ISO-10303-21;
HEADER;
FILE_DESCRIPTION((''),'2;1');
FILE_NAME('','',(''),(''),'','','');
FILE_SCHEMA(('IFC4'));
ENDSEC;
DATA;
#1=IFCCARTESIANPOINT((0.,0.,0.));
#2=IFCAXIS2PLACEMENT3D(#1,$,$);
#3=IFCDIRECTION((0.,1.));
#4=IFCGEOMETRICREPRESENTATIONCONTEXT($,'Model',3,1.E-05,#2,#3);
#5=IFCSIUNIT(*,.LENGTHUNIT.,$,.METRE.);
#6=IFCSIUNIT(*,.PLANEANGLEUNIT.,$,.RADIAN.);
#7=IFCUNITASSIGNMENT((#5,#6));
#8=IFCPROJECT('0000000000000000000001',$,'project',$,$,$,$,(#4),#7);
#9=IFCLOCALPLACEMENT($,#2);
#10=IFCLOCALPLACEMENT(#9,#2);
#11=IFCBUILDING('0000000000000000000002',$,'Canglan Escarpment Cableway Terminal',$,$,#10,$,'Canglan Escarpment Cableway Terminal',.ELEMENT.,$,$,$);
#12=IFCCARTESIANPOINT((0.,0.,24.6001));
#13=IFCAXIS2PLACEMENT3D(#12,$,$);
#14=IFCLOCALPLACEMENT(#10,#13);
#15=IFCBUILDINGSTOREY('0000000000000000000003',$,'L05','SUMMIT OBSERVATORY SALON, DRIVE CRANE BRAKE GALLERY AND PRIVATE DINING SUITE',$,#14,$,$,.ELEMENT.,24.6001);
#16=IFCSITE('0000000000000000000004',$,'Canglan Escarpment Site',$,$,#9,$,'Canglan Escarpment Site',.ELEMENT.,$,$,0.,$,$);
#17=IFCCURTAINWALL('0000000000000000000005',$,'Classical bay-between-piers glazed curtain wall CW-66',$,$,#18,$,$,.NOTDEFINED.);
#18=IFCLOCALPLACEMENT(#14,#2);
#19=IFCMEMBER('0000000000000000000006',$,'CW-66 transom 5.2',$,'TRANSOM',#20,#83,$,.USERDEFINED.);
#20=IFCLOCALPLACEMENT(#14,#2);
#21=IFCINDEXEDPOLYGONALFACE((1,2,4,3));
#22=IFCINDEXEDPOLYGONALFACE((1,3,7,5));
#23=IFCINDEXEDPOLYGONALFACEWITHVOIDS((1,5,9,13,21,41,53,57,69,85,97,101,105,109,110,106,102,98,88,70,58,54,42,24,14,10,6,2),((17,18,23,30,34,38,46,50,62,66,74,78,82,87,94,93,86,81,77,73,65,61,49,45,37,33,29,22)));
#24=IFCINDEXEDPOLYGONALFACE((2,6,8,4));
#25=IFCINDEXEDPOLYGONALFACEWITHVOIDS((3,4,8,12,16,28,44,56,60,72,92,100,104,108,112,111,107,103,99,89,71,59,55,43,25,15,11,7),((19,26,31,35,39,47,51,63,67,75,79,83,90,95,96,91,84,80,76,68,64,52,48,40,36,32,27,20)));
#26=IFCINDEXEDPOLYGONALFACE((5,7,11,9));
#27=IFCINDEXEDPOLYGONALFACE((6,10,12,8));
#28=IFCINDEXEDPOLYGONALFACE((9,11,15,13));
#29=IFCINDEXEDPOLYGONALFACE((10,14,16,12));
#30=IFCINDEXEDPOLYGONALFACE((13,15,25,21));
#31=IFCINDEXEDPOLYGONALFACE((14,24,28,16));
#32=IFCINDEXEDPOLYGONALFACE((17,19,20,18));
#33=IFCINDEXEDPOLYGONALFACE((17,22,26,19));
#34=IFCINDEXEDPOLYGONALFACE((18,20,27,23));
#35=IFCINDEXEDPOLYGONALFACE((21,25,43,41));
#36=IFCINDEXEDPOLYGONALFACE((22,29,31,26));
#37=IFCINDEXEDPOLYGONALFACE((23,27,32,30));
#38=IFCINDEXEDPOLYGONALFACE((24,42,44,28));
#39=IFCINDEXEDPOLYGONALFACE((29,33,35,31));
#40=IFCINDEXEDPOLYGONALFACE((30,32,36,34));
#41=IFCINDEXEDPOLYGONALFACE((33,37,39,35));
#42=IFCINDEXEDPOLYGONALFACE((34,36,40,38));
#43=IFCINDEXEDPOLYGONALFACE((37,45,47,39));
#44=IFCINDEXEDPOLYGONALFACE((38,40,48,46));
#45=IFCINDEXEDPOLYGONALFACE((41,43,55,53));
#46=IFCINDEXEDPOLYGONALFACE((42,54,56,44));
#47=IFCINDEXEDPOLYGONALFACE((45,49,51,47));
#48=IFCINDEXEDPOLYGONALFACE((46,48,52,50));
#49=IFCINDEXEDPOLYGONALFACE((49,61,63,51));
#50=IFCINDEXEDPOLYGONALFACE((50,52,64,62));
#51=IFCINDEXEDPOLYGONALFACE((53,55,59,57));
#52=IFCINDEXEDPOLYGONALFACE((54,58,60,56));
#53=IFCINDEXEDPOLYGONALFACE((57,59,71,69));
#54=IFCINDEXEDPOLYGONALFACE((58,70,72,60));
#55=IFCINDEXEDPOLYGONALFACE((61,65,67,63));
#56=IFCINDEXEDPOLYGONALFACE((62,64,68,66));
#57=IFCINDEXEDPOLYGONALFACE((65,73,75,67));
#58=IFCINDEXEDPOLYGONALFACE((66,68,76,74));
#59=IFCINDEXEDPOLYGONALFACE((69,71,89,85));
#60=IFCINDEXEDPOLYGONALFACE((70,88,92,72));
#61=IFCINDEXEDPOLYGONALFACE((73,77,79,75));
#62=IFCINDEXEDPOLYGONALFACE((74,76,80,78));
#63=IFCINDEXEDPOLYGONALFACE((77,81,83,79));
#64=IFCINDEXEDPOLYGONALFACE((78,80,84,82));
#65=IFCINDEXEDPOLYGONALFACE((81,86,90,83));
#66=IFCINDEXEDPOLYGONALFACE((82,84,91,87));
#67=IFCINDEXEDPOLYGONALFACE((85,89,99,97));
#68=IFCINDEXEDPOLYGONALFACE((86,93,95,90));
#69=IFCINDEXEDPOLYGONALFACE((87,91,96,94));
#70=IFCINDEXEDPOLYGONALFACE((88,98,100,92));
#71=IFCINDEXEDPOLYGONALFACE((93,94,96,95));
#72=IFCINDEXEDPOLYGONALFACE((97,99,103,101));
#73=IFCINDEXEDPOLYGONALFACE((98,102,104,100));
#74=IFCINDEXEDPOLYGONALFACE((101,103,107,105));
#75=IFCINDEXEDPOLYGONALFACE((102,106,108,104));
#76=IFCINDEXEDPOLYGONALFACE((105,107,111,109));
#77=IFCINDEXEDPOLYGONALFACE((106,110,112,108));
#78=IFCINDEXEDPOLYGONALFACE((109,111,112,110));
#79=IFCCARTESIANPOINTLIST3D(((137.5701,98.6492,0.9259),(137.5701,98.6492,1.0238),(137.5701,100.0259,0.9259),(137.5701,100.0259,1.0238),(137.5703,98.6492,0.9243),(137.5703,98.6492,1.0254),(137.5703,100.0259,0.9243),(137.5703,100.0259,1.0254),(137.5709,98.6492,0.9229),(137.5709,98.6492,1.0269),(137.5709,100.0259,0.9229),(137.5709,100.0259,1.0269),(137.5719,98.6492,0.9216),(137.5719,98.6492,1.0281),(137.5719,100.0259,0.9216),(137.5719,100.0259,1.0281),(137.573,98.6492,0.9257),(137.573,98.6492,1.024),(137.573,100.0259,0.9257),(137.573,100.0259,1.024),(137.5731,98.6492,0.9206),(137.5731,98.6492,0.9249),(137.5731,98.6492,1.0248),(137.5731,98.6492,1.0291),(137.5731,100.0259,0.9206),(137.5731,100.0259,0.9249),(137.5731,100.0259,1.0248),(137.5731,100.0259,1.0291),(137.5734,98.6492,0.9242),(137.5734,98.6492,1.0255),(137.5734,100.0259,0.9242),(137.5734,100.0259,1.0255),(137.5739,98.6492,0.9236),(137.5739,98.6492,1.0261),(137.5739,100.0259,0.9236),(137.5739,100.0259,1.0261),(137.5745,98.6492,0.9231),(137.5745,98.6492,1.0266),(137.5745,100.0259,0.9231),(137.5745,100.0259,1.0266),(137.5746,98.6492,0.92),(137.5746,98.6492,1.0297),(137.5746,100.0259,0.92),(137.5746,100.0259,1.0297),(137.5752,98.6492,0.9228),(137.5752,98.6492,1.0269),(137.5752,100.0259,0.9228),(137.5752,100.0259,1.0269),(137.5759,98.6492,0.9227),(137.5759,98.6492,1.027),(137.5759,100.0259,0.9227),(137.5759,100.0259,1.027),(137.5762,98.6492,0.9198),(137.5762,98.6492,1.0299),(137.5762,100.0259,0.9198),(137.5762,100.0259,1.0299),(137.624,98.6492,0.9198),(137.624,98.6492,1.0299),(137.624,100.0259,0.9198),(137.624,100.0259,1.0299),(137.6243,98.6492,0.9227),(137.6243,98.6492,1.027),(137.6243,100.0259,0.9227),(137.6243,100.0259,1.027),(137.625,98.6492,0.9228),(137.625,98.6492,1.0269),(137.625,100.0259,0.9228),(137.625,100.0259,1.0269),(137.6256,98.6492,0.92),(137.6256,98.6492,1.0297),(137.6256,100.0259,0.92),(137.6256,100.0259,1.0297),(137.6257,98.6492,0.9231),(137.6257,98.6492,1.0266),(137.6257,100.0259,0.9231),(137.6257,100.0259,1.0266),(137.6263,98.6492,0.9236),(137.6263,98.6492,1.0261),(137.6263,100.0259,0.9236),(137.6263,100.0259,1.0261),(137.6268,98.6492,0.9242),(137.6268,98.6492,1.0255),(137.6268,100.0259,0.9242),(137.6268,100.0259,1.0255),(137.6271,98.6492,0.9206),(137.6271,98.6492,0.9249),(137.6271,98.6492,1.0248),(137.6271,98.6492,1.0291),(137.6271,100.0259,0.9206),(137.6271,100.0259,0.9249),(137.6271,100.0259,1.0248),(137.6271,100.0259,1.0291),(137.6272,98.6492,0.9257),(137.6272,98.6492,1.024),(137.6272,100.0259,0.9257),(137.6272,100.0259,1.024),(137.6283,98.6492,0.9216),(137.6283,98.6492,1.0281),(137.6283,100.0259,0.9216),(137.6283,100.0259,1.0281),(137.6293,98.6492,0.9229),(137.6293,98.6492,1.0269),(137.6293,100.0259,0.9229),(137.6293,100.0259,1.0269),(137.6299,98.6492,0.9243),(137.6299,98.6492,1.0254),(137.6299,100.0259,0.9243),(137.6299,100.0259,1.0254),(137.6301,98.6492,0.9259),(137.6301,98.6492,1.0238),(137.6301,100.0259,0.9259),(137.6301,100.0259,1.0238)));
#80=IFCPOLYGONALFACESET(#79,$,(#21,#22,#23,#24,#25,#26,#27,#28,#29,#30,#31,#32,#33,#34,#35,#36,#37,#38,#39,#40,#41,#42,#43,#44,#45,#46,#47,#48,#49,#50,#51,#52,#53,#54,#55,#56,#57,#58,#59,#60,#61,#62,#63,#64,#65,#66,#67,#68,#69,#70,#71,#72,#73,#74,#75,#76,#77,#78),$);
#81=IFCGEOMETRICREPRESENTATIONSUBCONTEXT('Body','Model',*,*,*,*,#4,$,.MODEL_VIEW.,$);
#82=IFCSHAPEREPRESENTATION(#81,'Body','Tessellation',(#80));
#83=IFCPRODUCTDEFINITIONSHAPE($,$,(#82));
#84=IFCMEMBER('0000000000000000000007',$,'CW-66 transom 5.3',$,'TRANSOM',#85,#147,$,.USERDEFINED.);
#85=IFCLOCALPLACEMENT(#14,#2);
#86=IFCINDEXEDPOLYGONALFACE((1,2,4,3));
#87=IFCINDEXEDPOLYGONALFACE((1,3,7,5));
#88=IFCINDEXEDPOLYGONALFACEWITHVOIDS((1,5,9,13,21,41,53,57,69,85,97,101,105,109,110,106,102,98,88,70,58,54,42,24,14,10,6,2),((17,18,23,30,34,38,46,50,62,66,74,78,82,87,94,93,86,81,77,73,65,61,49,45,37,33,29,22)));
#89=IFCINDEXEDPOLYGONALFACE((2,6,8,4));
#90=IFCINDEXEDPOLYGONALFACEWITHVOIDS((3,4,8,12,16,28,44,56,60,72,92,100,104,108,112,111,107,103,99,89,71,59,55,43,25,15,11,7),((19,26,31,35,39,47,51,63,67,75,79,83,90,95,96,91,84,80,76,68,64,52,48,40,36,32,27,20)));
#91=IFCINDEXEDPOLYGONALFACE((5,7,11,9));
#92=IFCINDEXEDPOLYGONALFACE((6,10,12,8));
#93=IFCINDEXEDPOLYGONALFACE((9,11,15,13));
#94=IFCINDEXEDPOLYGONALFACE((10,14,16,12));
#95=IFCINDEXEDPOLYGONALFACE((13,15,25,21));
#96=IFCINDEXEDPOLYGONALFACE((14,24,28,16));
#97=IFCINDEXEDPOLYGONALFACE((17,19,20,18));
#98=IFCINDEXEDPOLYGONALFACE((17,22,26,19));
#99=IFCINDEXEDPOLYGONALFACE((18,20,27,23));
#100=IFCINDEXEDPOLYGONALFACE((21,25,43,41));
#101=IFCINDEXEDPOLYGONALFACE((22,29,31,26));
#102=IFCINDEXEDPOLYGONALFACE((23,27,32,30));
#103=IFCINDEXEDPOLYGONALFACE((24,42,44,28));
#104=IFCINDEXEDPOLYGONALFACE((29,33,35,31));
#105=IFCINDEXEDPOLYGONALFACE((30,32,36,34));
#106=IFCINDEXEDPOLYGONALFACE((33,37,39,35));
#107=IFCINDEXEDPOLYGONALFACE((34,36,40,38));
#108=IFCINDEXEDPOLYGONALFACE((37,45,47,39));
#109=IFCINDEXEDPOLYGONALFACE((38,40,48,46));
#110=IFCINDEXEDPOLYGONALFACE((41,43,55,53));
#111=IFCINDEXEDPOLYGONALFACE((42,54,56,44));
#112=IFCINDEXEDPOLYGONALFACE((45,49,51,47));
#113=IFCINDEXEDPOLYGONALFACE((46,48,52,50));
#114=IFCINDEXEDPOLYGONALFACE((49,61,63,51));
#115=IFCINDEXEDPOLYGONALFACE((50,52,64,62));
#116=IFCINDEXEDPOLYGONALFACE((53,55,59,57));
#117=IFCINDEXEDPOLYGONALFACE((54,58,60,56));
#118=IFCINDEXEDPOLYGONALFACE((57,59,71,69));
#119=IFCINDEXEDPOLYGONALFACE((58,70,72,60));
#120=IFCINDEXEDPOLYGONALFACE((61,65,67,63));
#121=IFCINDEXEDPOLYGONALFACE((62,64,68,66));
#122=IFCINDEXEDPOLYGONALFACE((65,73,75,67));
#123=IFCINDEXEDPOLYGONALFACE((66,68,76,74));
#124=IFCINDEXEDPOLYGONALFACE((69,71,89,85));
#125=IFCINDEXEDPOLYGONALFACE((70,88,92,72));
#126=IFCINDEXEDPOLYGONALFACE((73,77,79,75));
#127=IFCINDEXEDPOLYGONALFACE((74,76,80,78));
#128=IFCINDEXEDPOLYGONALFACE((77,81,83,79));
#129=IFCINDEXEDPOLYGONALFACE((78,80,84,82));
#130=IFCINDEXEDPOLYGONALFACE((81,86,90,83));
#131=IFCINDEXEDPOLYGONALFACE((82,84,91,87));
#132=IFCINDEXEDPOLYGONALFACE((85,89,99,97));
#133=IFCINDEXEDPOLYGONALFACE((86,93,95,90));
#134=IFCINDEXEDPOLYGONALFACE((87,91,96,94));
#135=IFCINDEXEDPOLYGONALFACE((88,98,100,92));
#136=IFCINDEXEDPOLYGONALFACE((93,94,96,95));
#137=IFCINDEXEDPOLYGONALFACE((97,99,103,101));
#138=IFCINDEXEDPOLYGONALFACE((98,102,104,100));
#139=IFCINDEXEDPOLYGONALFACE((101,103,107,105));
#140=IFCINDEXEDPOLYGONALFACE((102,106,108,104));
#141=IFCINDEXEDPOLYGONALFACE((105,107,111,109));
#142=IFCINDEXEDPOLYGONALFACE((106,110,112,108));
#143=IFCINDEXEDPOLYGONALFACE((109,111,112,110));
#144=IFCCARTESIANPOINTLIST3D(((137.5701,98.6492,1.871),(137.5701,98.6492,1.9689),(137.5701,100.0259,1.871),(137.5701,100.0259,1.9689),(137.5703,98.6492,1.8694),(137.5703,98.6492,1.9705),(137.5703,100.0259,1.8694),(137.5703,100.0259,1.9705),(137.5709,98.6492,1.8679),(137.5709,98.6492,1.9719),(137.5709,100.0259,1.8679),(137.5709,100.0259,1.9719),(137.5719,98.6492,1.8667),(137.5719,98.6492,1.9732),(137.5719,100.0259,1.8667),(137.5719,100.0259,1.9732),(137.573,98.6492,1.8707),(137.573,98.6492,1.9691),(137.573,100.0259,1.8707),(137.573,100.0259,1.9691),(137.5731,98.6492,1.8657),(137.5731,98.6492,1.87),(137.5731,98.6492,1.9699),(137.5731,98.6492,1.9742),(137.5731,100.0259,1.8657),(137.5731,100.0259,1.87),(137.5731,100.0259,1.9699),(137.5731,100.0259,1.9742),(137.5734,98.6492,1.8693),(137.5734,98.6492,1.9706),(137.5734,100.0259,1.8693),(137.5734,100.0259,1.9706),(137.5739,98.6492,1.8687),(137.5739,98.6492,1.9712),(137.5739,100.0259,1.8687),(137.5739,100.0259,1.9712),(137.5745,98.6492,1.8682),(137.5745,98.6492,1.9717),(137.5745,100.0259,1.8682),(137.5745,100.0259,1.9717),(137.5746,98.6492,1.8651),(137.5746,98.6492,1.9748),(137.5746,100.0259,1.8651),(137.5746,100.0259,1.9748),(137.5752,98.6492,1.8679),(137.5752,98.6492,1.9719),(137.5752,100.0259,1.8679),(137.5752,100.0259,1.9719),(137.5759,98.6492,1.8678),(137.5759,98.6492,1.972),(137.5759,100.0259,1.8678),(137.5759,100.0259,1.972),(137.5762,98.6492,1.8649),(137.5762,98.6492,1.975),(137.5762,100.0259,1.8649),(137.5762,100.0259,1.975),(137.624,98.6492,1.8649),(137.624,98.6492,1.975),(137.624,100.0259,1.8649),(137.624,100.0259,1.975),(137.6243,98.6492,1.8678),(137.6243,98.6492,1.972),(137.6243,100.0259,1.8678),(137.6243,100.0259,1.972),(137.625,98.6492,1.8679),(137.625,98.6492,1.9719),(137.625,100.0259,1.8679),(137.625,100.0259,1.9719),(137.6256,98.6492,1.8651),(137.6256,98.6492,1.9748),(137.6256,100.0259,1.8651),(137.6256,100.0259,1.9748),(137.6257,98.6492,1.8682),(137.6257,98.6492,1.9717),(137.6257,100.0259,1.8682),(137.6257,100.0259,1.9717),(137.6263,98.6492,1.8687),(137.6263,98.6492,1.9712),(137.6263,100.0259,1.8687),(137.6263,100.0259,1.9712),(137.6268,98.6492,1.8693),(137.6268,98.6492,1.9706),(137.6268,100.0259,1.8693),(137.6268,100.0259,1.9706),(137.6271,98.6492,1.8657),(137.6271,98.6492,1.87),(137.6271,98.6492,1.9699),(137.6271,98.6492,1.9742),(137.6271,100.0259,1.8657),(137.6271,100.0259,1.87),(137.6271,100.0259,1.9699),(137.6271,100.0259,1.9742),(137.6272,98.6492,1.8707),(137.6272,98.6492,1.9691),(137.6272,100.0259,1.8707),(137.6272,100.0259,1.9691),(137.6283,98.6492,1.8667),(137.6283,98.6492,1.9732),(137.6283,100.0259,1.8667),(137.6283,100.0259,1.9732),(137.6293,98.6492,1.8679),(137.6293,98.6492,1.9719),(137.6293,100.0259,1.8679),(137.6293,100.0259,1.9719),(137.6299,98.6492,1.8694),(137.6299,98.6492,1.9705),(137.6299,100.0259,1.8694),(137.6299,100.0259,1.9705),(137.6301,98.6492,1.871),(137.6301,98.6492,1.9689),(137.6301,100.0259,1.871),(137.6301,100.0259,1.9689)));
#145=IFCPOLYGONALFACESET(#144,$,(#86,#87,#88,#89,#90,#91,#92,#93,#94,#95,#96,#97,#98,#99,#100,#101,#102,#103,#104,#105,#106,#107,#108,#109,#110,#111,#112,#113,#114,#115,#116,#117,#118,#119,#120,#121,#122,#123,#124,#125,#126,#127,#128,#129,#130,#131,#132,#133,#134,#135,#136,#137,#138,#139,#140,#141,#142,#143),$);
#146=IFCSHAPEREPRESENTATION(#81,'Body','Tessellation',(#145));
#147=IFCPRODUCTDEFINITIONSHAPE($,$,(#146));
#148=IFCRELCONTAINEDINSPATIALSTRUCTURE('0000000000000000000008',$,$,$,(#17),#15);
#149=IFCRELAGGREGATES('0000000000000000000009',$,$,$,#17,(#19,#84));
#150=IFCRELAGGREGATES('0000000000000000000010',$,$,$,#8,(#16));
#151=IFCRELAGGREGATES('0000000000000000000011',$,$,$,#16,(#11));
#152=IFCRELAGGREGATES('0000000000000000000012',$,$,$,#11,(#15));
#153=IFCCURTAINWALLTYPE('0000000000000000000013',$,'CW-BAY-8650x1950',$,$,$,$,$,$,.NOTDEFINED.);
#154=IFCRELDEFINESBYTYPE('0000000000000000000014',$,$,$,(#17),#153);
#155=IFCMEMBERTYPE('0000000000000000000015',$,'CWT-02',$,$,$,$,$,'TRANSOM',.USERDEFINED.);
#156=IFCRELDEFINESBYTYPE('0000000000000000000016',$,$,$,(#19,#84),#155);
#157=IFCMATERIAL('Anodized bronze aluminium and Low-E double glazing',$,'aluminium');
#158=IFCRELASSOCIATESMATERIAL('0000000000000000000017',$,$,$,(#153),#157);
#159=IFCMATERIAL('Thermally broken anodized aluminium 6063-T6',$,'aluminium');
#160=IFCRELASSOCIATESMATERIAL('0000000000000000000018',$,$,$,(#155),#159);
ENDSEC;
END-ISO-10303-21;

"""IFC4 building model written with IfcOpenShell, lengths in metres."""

from ifc_helpers import new_model, si_unit, direction, frame, origin, origin_2d, place, context, subcontext, project, spatial, hollow_rectangle, extrude, material, material_profile, profile_set, type_object, element, aggregate, save


model = new_model("IFC4")

# Units and contexts
model_context = context("Model", 3, precision=1e-05, world=origin(), true_north=direction((0.0, 1.0)))
body_context = subcontext(model_context, "Body", "Model", "MODEL_VIEW")
ifc_project = project(units=[si_unit("LENGTHUNIT", "METRE"), si_unit("PLANEANGLEUNIT", "RADIAN")], contexts=[model_context])

# Site, building, storey
site_placement = place(None, origin())
site = spatial("IfcSite", under=ifc_project, at=site_placement, Name="Canglan Escarpment Site", LongName="Canglan Escarpment Site", CompositionType="ELEMENT", RefElevation=0.0)
building_placement = place(site_placement, origin())
building = spatial("IfcBuilding", under=site, at=building_placement, Name="Canglan Escarpment Cableway Terminal", LongName="Canglan Escarpment Cableway Terminal", CompositionType="ELEMENT")
storey_placement = place(building_placement, frame((0.0, 0.0, 24.6001)))
storey = spatial("IfcBuildingStorey", under=building, at=storey_placement, Name="L05", Description="SUMMIT OBSERVATORY SALON, DRIVE CRANE BRAKE GALLERY AND PRIVATE DINING SUITE", CompositionType="ELEMENT", Elevation=24.6001)

# Curtain wall, members
ifc_material_1 = material(Name="Anodized bronze aluminium and Low-E double glazing", Category="aluminium")
curtain_wall_type = type_object("IfcCurtainWallType", Name="CW-BAY-8650x1950", PredefinedType="NOTDEFINED", material=ifc_material_1)
curtain_wall_placement = place(storey_placement, origin())
curtain_wall = element("IfcCurtainWall", 1, at=curtain_wall_placement, inside=storey, type_object=curtain_wall_type, Name="Classical bay-between-piers glazed curtain wall CW-66", PredefinedType="NOTDEFINED")
ifc_material_2 = material(Name="Thermally broken anodized aluminium 6063-T6", Category="aluminium")
ifc_material_profile_1 = material_profile(ifc_material_2, hollow_rectangle(XDim=0.0601, YDim=0.1101, WallThickness=0.0029, InnerFilletRadius=0.0029, OuterFilletRadius=0.0061, at=origin_2d()), Name="ALU-TRAN 60x110x3")
ifc_profile_set_1 = profile_set([ifc_material_profile_1], Name="Thermally broken anodized aluminium 6063-T6")
member_type_1 = type_object("IfcMemberType", Name="CWT-02", ElementType="TRANSOM", PredefinedType="USERDEFINED", material=ifc_profile_set_1)
member_1_placement = place(storey_placement, frame((137.6001, 100.0259, 0.9749), z_axis=(0.0, -1.0, 0.0), x_axis=(1.0, 0.0, 0.0)))
member_1 = element("IfcMember", 2, at=member_1_placement, type_object=member_type_1, Name="CW-66 transom 5.2", ObjectType="TRANSOM", PredefinedType="USERDEFINED", context=body_context, shape_type="SweptSolid", body=[
    extrude(hollow_rectangle(XDim=0.0601, YDim=0.1101, WallThickness=0.0029, InnerFilletRadius=0.0029, OuterFilletRadius=0.0061, at=origin_2d()), origin(), (0.0, 0.0, 1.0), 1.3767),
])
member_2_placement = place(storey_placement, frame((137.6001, 100.0259, 1.9199), z_axis=(0.0, -1.0, 0.0), x_axis=(1.0, 0.0, 0.0)))
member_2 = element("IfcMember", 3, at=member_2_placement, type_object=member_type_1, Name="CW-66 transom 5.3", ObjectType="TRANSOM", PredefinedType="USERDEFINED", context=body_context, shape_type="SweptSolid", body=[
    extrude(hollow_rectangle(XDim=0.0601, YDim=0.1101, WallThickness=0.0029, InnerFilletRadius=0.0029, OuterFilletRadius=0.0061, at=origin_2d()), origin(), (0.0, 0.0, 1.0), 1.3767),
])

aggregate(curtain_wall, [member_1, member_2])

save(model, "model.ifc")
